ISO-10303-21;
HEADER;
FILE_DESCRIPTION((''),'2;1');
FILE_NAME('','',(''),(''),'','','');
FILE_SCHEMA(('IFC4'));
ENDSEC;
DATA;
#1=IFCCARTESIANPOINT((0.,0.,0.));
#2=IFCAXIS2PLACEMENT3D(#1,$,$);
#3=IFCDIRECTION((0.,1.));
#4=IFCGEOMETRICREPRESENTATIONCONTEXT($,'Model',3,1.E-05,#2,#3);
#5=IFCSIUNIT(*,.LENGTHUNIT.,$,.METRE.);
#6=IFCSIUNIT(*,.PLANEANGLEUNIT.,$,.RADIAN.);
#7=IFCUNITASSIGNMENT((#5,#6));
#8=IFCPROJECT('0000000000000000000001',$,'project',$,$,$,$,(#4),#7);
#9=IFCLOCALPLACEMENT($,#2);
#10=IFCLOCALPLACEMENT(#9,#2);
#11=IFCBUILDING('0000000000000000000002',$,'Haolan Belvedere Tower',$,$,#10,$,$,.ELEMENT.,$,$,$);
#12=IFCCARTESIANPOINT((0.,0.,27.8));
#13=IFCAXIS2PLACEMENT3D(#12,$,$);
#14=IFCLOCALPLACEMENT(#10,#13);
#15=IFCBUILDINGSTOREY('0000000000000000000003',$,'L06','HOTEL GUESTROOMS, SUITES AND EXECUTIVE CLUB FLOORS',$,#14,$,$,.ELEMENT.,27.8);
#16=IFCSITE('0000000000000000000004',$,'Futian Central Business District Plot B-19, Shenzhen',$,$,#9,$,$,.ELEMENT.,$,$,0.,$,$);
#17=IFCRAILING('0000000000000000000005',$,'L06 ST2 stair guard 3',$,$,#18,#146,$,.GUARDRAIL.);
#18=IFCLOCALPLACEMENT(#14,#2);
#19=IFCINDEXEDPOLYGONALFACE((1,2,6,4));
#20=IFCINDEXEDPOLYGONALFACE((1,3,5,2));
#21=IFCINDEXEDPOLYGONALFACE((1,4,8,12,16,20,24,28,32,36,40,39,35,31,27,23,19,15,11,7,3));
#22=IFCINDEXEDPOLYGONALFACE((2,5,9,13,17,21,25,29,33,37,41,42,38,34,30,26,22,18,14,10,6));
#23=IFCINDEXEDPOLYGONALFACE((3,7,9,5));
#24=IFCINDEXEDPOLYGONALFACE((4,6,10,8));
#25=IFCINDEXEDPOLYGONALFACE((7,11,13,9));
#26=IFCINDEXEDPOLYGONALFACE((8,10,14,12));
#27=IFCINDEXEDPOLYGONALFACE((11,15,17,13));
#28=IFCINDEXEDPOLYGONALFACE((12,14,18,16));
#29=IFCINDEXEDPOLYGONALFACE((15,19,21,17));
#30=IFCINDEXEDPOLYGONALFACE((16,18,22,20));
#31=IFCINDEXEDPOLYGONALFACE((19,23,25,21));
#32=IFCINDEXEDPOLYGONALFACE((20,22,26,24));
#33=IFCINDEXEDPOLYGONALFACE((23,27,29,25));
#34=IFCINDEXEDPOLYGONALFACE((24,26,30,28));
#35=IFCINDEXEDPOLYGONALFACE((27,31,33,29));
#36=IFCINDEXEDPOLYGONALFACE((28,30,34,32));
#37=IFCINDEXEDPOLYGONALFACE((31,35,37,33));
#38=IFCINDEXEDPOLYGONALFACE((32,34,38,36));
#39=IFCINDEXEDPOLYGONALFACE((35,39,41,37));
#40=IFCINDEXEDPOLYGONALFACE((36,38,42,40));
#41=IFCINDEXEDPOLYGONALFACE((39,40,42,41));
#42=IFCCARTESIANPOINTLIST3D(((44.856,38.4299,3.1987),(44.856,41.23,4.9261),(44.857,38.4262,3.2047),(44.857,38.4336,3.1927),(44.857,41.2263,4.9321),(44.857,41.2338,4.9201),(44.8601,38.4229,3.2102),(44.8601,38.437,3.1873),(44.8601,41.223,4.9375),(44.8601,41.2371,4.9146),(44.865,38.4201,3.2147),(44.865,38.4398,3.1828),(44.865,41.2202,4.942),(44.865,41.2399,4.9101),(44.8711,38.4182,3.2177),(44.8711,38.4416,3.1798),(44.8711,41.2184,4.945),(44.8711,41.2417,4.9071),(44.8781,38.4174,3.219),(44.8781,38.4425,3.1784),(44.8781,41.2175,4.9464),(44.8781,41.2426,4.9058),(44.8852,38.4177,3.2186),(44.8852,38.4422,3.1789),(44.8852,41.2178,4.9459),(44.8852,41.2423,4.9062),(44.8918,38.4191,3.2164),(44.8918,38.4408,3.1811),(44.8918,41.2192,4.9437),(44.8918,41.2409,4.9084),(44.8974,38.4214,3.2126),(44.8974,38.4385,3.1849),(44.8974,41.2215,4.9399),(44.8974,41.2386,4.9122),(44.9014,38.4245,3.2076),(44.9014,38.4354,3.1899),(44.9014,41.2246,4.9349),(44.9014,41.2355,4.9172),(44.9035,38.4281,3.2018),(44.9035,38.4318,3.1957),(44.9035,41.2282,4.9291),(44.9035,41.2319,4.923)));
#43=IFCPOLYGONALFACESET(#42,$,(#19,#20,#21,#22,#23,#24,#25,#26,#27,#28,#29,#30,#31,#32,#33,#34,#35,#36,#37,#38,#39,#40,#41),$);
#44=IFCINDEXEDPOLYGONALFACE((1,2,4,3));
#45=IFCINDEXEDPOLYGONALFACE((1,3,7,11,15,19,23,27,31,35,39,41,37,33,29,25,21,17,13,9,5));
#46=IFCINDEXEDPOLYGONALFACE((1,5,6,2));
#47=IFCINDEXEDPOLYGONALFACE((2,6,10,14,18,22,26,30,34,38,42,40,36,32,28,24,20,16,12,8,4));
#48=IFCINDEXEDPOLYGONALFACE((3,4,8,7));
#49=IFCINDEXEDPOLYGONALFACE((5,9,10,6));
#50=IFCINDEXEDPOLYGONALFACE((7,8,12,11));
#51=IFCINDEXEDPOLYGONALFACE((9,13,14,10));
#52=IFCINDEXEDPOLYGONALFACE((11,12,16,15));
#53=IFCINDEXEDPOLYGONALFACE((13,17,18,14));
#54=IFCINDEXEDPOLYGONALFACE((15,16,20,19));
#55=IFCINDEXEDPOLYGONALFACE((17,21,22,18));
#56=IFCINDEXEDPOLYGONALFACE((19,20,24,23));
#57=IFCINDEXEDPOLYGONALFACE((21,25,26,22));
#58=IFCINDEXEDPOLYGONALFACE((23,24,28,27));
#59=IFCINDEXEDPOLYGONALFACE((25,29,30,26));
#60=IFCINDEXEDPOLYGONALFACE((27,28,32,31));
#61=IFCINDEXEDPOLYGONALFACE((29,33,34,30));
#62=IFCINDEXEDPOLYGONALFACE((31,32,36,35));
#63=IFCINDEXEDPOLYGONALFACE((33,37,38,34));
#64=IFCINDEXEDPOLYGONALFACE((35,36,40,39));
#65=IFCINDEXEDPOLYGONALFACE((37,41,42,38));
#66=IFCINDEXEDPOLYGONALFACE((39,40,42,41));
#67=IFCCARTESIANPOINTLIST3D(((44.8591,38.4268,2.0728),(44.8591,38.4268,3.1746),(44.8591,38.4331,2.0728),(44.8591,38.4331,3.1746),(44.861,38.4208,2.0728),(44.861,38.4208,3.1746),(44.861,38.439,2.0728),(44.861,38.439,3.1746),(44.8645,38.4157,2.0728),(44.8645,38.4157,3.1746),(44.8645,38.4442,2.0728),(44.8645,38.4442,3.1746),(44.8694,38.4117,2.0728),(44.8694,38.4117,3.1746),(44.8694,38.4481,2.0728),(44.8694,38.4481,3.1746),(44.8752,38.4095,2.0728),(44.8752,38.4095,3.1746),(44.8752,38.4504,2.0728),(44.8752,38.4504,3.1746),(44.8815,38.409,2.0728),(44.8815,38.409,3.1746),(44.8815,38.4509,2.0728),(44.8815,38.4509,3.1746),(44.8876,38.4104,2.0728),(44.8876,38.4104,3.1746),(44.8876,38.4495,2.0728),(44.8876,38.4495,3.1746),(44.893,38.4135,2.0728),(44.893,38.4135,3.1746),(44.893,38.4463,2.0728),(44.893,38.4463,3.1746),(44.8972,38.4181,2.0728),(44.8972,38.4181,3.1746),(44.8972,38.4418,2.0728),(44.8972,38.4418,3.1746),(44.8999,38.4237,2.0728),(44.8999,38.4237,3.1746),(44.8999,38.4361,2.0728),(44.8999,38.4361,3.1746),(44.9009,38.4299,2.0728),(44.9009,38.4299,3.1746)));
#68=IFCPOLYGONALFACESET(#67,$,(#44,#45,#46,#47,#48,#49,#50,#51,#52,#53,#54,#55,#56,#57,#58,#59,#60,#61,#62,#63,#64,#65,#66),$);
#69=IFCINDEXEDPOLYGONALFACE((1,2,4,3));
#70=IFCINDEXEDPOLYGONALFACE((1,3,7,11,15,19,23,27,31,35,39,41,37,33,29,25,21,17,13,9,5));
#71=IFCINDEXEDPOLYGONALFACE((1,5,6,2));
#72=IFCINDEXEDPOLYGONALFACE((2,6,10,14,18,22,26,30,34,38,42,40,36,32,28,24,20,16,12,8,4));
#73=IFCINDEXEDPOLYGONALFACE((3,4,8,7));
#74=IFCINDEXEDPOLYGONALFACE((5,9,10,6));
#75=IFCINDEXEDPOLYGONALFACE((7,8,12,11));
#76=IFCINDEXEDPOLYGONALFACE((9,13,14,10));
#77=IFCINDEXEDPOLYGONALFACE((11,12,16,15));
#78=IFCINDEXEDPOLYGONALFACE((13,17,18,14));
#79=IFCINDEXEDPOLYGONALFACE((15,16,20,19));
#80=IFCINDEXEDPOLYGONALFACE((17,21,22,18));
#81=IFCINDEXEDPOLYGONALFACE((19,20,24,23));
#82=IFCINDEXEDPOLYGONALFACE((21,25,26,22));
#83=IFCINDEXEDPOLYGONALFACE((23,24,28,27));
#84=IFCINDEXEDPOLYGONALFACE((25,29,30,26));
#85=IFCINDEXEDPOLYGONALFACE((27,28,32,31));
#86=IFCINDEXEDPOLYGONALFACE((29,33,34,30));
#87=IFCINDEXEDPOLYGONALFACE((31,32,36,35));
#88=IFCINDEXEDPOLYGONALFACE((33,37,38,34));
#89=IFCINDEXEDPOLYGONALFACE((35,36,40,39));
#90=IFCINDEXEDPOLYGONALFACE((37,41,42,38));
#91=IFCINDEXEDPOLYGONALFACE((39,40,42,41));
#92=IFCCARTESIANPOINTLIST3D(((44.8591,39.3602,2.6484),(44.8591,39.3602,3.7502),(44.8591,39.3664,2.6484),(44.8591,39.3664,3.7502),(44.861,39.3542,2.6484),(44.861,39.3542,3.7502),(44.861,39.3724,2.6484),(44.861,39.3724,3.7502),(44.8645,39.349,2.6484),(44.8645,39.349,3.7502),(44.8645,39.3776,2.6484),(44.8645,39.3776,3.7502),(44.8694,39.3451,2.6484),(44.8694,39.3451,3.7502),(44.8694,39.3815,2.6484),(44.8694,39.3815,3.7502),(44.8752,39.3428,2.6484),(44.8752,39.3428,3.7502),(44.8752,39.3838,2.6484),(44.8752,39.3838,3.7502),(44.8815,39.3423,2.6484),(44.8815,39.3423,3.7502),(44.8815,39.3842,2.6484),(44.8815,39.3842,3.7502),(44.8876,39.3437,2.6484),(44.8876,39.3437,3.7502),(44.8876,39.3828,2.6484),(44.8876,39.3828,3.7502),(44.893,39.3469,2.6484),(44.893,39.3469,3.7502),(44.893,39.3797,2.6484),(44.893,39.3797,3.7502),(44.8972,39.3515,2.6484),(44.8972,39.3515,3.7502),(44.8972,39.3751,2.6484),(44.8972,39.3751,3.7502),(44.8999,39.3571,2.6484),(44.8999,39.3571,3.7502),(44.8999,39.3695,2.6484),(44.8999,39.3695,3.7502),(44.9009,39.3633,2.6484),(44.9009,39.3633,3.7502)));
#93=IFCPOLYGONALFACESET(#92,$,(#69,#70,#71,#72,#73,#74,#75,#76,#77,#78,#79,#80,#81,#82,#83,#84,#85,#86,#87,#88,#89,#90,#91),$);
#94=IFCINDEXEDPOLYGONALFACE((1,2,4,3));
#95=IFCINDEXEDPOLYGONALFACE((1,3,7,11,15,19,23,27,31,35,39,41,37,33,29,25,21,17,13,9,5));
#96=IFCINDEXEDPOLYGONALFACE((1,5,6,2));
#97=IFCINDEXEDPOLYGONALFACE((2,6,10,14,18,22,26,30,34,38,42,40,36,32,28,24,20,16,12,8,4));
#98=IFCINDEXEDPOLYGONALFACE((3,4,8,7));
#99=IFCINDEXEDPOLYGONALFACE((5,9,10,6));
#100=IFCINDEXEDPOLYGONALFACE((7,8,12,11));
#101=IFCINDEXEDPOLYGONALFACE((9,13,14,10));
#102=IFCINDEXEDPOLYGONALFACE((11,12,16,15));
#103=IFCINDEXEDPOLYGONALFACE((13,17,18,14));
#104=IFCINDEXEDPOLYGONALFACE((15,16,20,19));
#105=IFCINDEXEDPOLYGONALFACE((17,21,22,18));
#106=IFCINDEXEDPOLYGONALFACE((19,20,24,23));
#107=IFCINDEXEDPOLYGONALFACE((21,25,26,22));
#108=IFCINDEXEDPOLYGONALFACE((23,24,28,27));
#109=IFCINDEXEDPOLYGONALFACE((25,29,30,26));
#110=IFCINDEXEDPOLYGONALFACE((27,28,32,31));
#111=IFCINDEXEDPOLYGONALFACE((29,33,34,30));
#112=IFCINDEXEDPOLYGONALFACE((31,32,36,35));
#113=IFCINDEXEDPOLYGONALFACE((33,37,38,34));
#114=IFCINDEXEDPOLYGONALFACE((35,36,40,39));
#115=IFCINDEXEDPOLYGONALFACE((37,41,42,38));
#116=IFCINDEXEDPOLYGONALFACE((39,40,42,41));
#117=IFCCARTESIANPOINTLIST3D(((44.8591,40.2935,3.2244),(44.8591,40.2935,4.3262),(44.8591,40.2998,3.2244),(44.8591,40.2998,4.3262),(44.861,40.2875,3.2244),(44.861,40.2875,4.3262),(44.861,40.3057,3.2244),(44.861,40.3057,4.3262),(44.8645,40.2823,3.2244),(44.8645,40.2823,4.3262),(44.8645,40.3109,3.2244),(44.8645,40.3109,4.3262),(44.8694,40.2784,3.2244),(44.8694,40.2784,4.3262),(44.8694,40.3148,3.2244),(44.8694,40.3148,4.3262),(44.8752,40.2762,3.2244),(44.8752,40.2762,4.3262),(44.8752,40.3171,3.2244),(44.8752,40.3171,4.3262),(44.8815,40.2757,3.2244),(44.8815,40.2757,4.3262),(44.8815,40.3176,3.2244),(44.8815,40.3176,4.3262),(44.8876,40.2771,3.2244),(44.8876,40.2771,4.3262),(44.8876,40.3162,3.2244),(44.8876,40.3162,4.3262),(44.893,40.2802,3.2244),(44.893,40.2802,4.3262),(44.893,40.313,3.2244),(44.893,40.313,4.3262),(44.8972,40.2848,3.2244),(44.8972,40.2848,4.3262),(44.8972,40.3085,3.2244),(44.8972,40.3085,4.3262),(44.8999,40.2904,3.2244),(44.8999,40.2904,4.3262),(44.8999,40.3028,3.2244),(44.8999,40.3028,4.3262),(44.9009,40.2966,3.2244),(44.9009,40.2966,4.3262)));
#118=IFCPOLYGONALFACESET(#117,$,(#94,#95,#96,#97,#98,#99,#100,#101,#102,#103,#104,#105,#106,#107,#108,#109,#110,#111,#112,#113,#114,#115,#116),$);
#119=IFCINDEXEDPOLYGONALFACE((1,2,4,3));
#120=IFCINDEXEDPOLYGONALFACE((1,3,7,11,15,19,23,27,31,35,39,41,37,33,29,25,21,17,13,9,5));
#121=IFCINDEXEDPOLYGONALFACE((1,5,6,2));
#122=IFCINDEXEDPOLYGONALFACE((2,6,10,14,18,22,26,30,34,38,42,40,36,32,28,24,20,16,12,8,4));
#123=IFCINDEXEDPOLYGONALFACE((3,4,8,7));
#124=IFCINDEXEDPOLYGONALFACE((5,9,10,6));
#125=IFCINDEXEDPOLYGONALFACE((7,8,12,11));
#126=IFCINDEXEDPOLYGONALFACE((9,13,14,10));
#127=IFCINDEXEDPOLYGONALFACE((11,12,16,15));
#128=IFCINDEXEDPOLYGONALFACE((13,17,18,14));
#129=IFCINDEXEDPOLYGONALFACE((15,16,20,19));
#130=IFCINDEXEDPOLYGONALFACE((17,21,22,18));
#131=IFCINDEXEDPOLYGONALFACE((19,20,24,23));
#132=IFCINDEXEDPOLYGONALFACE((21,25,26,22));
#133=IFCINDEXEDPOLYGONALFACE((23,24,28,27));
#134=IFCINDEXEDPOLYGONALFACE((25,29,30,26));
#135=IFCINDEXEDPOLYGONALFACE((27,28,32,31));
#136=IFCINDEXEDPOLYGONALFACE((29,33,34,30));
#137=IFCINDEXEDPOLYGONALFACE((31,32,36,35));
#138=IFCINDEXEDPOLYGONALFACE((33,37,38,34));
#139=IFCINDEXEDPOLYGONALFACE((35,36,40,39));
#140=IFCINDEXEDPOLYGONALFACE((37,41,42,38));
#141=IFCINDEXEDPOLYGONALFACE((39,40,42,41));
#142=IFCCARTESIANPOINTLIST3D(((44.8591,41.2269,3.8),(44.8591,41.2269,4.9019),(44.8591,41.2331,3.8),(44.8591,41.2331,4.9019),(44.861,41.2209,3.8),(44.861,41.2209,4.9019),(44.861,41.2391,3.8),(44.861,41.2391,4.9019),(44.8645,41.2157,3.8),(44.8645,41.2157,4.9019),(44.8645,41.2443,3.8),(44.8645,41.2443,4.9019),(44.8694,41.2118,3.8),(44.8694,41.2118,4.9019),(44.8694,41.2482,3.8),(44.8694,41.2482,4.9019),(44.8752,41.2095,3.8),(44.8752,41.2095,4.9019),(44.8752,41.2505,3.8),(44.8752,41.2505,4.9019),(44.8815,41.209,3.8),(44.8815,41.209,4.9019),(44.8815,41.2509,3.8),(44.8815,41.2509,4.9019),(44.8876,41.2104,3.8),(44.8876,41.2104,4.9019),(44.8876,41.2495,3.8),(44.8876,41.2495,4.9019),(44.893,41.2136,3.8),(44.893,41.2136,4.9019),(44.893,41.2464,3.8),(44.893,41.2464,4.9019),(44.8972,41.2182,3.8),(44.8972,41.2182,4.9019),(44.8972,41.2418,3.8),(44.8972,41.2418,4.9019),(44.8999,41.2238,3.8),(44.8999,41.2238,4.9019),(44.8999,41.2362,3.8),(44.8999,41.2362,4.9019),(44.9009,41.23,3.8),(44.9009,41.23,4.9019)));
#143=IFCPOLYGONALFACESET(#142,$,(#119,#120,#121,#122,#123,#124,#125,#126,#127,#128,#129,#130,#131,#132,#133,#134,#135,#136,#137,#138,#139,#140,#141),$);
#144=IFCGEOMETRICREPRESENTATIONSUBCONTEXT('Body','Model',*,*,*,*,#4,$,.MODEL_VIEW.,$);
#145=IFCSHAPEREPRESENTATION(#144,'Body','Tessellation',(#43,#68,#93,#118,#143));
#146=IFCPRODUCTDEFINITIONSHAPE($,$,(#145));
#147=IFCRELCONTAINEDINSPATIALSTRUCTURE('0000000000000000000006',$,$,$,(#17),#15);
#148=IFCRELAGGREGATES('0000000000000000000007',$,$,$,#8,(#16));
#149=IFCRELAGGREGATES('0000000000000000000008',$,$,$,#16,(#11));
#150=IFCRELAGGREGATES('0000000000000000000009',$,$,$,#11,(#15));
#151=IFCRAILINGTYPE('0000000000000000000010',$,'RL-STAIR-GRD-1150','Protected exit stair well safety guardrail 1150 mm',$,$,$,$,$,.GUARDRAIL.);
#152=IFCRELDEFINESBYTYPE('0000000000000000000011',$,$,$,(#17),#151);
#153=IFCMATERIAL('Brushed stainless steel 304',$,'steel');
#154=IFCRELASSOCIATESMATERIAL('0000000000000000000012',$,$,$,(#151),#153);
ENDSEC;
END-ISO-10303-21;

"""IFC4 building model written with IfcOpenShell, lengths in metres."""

from ifc_helpers import new_model, si_unit, direction, frame, origin, origin_2d, place, context, subcontext, project, spatial, circle, extrude, material, type_object, element, save


model = new_model("IFC4")

# Units and contexts
model_context = context("Model", 3, precision=1e-05, world=origin(), true_north=direction((0.0, 1.0)))
body_context = subcontext(model_context, "Body", "Model", "MODEL_VIEW")
ifc_project = project(units=[si_unit("LENGTHUNIT", "METRE"), si_unit("PLANEANGLEUNIT", "RADIAN")], contexts=[model_context])

# Site, building, storey
site_placement = place(None, origin())
site = spatial("IfcSite", under=ifc_project, at=site_placement, Name="Futian Central Business District Plot B-19, Shenzhen", CompositionType="ELEMENT", RefElevation=0.0)
building_placement = place(site_placement, origin())
building = spatial("IfcBuilding", under=site, at=building_placement, Name="Haolan Belvedere Tower", CompositionType="ELEMENT")
storey_placement = place(building_placement, frame((0.0, 0.0, 27.8)))
storey = spatial("IfcBuildingStorey", under=building, at=storey_placement, Name="L06", Description="HOTEL GUESTROOMS, SUITES AND EXECUTIVE CLUB FLOORS", CompositionType="ELEMENT", Elevation=27.8)

# Railing
ifc_material_1 = material(Name="Brushed stainless steel 304", Category="steel")
railing_type_1 = type_object("IfcRailingType", Name="RL-STAIR-GRD-1150", Description="Protected exit stair well safety guardrail 1150 mm", PredefinedType="GUARDRAIL", material=ifc_material_1)
railing_1_placement = place(storey_placement, frame((44.8799, 38.4299, 2.0728)))
element("IfcRailing", 1, at=railing_1_placement, inside=storey, type_object=railing_type_1, Name="L06 ST2 stair guard 3", PredefinedType="GUARDRAIL", context=body_context, shape_type="SweptSolid", body=[
    extrude(circle(Radius=0.0239, at=origin_2d()), frame((0.0, 0.0, 1.126), z_axis=(0.0, 0.85109, 0.52502), x_axis=(-1.0, 0.0, 0.0)), (0.0, 0.0, 1.0), 3.29),
    extrude(circle(Radius=0.021, at=origin_2d()), origin(), (0.0, 0.0, 1.0), 1.1018),
    extrude(circle(Radius=0.021, at=origin_2d()), frame((0.0, 0.9333, 0.5757)), (0.0, 0.0, 1.0), 1.1018),
    extrude(circle(Radius=0.021, at=origin_2d()), frame((0.0, 1.8667, 1.1516)), (0.0, 0.0, 1.0), 1.1018),
    extrude(circle(Radius=0.021, at=origin_2d()), frame((0.0, 2.8, 1.7273)), (0.0, 0.0, 1.0), 1.1018),
])

save(model, "model.ifc")
